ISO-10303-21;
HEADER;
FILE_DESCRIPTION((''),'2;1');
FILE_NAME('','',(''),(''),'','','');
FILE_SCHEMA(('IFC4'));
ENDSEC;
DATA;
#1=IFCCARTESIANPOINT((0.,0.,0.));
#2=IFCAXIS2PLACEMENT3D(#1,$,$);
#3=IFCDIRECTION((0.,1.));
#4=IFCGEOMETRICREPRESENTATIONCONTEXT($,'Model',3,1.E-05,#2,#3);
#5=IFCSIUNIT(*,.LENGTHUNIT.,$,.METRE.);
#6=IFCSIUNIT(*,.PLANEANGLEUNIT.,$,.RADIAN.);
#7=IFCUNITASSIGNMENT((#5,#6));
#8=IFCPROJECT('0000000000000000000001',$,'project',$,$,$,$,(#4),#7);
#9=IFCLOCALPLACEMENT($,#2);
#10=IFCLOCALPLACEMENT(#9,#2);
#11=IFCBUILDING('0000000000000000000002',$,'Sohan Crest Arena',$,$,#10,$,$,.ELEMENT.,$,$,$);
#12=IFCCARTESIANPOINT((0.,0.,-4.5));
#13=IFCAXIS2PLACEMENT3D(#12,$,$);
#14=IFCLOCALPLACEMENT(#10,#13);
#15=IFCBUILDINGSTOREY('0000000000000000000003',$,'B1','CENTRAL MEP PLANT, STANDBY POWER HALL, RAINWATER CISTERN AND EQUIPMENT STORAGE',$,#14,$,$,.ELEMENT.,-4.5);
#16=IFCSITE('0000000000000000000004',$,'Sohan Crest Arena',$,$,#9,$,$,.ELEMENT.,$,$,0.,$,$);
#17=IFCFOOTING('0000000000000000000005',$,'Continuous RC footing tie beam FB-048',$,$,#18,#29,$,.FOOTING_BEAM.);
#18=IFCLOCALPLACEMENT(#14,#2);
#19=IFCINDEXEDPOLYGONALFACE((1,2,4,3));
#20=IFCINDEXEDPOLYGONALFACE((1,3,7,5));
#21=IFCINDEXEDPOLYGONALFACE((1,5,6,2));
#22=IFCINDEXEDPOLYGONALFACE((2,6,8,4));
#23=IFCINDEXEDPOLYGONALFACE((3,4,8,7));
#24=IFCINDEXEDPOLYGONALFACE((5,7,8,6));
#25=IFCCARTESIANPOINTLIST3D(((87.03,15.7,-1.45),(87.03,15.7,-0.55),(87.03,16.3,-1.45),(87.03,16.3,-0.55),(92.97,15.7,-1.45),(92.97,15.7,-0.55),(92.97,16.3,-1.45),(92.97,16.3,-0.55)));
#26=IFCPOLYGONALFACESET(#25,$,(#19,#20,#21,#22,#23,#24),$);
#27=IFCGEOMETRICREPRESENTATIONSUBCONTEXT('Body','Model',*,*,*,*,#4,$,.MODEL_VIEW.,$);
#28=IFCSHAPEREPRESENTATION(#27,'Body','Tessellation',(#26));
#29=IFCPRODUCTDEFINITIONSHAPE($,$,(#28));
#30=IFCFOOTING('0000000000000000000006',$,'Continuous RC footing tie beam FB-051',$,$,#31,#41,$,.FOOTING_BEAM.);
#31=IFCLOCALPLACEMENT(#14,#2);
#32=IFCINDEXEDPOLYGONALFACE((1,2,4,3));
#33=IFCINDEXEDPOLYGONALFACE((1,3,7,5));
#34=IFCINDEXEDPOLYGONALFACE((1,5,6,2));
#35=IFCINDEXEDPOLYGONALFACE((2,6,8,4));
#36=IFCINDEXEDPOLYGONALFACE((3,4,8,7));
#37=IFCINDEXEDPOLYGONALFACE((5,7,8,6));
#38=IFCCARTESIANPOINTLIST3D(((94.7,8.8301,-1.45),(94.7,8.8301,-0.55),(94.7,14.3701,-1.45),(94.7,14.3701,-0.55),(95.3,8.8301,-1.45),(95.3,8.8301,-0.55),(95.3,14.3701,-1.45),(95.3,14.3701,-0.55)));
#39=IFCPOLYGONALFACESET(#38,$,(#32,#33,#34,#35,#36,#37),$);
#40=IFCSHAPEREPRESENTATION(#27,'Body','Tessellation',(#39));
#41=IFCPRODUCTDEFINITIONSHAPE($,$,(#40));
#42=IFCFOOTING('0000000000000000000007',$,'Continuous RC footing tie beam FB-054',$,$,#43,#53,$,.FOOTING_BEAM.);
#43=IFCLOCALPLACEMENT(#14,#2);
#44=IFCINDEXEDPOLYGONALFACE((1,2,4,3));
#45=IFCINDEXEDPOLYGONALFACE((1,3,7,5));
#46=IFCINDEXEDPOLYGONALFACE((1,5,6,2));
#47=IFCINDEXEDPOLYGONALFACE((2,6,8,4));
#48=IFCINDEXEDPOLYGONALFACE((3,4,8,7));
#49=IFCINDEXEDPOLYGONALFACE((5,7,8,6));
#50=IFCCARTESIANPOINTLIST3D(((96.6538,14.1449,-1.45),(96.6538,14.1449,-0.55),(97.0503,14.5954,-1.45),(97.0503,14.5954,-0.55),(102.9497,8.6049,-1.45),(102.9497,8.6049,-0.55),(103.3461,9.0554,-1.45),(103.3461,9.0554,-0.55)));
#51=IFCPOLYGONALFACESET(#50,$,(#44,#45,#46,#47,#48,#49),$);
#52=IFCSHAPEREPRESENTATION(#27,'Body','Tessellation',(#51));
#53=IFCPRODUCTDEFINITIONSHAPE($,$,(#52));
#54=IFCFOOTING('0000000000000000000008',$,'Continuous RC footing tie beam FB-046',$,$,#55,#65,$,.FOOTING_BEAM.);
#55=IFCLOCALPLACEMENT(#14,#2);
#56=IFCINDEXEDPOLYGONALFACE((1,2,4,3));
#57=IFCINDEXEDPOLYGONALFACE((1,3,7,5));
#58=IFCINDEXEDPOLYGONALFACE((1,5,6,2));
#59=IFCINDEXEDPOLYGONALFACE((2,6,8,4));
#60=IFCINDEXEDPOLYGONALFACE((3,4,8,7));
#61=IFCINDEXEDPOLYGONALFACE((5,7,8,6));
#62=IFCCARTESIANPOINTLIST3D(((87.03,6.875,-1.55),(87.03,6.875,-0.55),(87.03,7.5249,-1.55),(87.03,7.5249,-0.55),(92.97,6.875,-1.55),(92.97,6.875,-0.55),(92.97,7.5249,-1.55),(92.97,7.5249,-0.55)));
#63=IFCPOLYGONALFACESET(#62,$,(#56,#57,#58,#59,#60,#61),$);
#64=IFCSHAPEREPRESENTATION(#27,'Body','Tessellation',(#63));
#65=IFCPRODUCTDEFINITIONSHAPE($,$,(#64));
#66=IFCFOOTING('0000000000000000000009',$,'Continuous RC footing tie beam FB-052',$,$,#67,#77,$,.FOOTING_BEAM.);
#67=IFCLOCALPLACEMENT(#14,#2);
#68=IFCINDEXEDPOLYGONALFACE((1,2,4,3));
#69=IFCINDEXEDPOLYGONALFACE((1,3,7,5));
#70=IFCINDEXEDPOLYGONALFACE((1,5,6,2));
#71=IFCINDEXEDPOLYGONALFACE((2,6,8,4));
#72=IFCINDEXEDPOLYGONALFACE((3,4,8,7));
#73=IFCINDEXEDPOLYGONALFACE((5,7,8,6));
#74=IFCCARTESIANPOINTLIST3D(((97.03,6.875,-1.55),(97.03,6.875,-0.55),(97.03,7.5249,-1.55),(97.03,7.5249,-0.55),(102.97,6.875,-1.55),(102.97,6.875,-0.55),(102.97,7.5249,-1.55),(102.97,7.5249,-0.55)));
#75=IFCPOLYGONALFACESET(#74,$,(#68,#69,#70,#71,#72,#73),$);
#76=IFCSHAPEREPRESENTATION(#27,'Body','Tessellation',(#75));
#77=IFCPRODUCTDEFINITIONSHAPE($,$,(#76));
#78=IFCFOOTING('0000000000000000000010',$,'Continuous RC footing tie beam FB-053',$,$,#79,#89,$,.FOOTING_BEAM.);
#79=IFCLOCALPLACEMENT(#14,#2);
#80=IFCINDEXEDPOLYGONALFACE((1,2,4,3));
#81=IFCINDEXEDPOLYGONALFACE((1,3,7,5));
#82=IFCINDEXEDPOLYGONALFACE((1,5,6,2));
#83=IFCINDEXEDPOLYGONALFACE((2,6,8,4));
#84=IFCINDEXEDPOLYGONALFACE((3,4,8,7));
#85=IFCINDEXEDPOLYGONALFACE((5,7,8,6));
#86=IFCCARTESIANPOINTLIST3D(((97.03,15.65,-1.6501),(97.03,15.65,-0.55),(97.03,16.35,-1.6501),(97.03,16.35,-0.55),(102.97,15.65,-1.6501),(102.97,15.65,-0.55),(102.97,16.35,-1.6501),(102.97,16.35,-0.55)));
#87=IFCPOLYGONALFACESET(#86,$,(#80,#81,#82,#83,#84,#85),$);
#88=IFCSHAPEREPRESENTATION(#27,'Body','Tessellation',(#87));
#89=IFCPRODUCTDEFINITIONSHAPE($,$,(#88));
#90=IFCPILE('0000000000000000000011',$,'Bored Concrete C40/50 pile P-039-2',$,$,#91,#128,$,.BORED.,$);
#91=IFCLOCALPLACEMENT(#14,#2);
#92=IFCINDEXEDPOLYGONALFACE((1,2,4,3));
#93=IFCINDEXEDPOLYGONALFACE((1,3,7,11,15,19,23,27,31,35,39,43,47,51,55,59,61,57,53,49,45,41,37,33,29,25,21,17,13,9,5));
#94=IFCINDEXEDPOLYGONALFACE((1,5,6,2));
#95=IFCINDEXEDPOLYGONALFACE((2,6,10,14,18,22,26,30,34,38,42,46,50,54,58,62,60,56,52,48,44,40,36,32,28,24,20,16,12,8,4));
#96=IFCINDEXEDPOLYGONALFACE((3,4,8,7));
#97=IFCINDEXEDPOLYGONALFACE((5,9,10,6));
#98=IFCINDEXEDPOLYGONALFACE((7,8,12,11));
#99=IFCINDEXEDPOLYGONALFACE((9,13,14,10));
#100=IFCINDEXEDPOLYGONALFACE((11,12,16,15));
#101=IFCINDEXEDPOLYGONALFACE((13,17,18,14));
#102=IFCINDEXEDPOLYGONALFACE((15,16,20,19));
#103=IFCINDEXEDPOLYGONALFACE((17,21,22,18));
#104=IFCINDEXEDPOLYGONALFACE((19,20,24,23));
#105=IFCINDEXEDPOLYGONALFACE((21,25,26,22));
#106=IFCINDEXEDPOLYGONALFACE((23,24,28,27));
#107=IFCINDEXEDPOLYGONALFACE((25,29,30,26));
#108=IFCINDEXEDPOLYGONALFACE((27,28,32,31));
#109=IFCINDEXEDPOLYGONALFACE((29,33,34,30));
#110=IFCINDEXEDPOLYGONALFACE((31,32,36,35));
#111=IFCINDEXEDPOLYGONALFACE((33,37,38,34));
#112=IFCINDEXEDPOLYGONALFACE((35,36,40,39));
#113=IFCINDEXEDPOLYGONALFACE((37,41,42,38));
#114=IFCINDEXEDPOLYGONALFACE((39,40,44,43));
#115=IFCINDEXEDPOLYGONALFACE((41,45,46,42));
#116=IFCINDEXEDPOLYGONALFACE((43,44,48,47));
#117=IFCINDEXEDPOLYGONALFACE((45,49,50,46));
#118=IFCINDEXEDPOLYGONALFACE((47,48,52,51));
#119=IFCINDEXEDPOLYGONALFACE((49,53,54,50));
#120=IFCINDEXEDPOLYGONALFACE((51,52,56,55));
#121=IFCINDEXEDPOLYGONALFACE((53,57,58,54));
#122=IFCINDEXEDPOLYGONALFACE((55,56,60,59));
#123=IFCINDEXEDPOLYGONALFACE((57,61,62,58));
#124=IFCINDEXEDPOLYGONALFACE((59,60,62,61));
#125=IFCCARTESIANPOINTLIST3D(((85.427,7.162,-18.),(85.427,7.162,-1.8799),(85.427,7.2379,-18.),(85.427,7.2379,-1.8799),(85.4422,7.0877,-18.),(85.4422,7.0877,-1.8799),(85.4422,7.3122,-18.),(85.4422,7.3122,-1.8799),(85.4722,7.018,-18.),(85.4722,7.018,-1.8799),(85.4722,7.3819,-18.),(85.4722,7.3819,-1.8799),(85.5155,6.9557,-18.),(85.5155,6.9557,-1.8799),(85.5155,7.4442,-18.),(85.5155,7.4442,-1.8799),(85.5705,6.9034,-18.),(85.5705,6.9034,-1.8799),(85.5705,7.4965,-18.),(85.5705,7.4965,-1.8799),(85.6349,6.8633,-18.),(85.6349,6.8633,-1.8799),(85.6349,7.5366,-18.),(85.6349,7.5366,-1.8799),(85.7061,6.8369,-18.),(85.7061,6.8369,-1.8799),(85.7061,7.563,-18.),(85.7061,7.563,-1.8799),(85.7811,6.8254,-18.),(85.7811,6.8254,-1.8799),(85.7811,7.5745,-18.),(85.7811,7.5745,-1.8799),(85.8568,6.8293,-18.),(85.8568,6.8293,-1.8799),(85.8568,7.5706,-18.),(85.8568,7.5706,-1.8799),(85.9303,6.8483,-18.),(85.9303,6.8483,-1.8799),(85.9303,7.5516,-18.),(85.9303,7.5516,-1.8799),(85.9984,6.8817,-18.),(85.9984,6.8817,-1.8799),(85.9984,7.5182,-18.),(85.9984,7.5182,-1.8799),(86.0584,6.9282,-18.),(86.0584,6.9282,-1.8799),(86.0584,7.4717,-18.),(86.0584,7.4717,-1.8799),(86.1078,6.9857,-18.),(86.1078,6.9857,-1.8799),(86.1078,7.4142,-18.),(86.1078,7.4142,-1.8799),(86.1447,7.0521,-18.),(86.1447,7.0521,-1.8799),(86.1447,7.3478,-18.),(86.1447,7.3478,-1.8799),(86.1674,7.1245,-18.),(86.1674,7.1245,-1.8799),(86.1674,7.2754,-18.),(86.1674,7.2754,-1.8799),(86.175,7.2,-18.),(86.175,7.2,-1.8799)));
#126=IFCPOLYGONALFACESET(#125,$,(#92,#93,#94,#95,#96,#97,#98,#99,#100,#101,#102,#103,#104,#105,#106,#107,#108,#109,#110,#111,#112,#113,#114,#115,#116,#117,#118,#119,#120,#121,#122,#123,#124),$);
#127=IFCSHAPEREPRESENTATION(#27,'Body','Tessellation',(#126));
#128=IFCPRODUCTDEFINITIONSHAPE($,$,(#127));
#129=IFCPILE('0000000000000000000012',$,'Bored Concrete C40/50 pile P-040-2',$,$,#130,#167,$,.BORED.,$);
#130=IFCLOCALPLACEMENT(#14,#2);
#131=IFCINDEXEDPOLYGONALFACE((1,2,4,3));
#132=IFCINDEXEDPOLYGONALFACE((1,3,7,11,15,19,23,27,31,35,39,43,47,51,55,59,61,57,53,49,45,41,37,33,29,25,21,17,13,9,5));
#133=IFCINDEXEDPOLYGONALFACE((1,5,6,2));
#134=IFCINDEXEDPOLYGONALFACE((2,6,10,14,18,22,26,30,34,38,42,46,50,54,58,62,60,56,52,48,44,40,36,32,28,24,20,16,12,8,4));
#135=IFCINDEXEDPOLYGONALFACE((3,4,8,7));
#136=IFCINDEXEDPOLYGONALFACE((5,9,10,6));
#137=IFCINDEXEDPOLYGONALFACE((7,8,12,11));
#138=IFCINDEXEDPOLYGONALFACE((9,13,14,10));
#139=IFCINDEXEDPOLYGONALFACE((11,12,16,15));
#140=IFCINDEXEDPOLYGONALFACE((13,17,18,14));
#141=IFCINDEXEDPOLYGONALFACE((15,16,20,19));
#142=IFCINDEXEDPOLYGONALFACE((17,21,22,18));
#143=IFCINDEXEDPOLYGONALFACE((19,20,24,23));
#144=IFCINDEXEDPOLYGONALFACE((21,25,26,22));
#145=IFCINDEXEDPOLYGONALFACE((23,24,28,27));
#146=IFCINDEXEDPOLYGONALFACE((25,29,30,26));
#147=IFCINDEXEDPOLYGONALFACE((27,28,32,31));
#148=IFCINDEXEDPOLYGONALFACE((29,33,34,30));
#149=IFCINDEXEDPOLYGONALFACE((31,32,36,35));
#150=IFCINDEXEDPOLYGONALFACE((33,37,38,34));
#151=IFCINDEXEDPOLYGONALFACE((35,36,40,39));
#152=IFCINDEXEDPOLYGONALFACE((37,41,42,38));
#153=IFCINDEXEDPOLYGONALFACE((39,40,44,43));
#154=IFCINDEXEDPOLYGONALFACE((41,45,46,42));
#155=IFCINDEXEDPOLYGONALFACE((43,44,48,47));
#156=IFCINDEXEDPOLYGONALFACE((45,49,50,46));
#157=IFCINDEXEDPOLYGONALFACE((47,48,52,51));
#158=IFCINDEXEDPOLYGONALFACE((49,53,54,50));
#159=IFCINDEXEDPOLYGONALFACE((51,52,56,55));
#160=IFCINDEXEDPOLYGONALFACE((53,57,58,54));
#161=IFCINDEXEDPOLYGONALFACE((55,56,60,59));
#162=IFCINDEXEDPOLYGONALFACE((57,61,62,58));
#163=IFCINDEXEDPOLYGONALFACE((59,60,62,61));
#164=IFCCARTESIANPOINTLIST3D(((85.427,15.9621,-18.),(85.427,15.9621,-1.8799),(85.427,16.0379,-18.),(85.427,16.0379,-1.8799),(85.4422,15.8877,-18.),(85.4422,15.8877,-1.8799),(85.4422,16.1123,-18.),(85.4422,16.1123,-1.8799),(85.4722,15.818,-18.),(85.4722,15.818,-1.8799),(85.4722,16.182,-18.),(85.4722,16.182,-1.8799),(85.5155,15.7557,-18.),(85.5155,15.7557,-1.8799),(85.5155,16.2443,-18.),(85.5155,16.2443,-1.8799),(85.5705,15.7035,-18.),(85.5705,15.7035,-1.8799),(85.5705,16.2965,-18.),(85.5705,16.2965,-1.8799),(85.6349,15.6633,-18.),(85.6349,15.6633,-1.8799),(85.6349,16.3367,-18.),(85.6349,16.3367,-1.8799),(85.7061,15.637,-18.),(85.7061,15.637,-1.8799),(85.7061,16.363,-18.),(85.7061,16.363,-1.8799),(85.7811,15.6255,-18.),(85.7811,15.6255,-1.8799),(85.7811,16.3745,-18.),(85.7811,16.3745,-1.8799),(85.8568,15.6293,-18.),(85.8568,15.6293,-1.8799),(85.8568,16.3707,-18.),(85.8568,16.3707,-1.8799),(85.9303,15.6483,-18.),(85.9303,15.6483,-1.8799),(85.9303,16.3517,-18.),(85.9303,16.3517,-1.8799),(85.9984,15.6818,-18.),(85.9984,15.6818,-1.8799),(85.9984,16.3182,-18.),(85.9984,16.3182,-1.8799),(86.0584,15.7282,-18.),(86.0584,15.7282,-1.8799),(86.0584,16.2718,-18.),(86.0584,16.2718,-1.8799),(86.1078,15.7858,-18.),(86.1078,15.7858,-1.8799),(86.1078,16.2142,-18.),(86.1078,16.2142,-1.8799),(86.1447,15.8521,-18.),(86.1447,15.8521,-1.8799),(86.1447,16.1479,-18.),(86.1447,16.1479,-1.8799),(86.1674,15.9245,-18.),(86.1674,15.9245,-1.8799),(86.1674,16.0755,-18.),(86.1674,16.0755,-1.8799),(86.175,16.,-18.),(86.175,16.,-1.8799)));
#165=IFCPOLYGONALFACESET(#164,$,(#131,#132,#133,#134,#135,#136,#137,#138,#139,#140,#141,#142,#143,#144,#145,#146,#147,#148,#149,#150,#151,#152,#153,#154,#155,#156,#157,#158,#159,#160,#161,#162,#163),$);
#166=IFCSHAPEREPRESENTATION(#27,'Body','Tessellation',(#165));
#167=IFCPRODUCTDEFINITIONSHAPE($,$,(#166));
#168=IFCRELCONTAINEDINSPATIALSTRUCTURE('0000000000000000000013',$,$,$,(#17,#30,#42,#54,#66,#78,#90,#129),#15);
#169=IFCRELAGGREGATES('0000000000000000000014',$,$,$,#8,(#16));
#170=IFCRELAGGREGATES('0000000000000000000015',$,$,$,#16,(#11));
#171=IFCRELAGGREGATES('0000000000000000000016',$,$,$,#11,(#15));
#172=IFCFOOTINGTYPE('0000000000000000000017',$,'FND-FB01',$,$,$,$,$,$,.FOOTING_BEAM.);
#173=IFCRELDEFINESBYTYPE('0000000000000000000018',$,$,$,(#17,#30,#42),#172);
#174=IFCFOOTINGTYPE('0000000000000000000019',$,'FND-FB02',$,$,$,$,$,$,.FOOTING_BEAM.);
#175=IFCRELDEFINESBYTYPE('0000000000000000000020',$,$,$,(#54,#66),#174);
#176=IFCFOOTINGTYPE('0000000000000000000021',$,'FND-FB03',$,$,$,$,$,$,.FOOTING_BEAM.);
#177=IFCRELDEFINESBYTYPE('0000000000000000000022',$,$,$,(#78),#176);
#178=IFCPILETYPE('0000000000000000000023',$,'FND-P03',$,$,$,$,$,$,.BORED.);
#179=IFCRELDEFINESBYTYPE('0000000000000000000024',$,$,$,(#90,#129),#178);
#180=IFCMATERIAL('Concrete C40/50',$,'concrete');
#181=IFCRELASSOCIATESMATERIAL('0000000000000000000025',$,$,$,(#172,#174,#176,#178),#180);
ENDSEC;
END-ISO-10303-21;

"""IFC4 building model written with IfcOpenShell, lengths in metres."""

from ifc_helpers import new_model, si_unit, direction, frame, origin, origin_2d, place, context, subcontext, project, spatial, rectangle, circle, extrude, material, material_profile, profile_set, type_object, element, save


model = new_model("IFC4")

# Units and contexts
model_context = context("Model", 3, precision=1e-05, world=origin(), true_north=direction((0.0, 1.0)))
body_context = subcontext(model_context, "Body", "Model", "MODEL_VIEW")
ifc_project = project(units=[si_unit("LENGTHUNIT", "METRE"), si_unit("PLANEANGLEUNIT", "RADIAN")], contexts=[model_context])

# Site, building, storey
site_placement = place(None, origin())
site = spatial("IfcSite", under=ifc_project, at=site_placement, Name="Sohan Crest Arena", CompositionType="ELEMENT", RefElevation=0.0)
building_placement = place(site_placement, origin())
building = spatial("IfcBuilding", under=site, at=building_placement, Name="Sohan Crest Arena", CompositionType="ELEMENT")
storey_placement = place(building_placement, frame((0.0, 0.0, -4.5)))
storey = spatial("IfcBuildingStorey", under=building, at=storey_placement, Name="B1", Description="CENTRAL MEP PLANT, STANDBY POWER HALL, RAINWATER CISTERN AND EQUIPMENT STORAGE", CompositionType="ELEMENT", Elevation=-4.5)

# Footings
ifc_material_1 = material(Name="Concrete C40/50", Category="concrete")
ifc_material_profile_1 = material_profile(ifc_material_1, rectangle(XDim=0.6001, YDim=0.8999, at=origin_2d()), Name="RC-FB 600x900")
ifc_profile_set_1 = profile_set([ifc_material_profile_1], Name="Concrete C40/50")
footing_type_1 = type_object("IfcFootingType", Name="FND-FB01", PredefinedType="FOOTING_BEAM", material=ifc_profile_set_1)
footing_1_placement = place(storey_placement, frame((87.03, 16.0, -1.0), z_axis=(1.0, 0.0, 0.0), x_axis=(0.0, 1.0, 0.0)))
element("IfcFooting", 1, at=footing_1_placement, inside=storey, type_object=footing_type_1, Name="Continuous RC footing tie beam FB-048", PredefinedType="FOOTING_BEAM", context=body_context, shape_type="SweptSolid", body=[
    extrude(rectangle(XDim=0.6001, YDim=0.8999, at=origin_2d()), origin(), (0.0, 0.0, 1.0), 5.9399),
])
footing_2_placement = place(storey_placement, frame((95.0, 8.8301, -1.0), z_axis=(0.0, 1.0, 0.0), x_axis=(-1.0, 0.0, 0.0)))
element("IfcFooting", 2, at=footing_2_placement, inside=storey, type_object=footing_type_1, Name="Continuous RC footing tie beam FB-051", PredefinedType="FOOTING_BEAM", context=body_context, shape_type="SweptSolid", body=[
    extrude(rectangle(XDim=0.6001, YDim=0.8999, at=origin_2d()), origin(), (0.0, 0.0, 1.0), 5.54),
])
footing_3_placement = place(storey_placement, frame((96.8521, 14.3701, -1.0), z_axis=(0.750734, -0.660604, 0.0), x_axis=(0.660604, 0.750734, 0.0)))
element("IfcFooting", 3, at=footing_3_placement, inside=storey, type_object=footing_type_1, Name="Continuous RC footing tie beam FB-054", PredefinedType="FOOTING_BEAM", context=body_context, shape_type="SweptSolid", body=[
    extrude(rectangle(XDim=0.6001, YDim=0.8999, at=origin_2d()), origin(), (0.0, 0.0, 1.0), 8.3862),
])
ifc_material_profile_2 = material_profile(ifc_material_1, rectangle(XDim=0.6499, YDim=1.0, at=origin_2d()), Name="RC-FB 650x1000")
ifc_profile_set_2 = profile_set([ifc_material_profile_2], Name="Concrete C40/50")
footing_type_2 = type_object("IfcFootingType", Name="FND-FB02", PredefinedType="FOOTING_BEAM", material=ifc_profile_set_2)
for number, where, z_axis, x_axis, name in (
    (4, (87.03, 7.2, -1.05), (1.0, 0.0, 0.0), (0.0, 1.0, 0.0), "Continuous RC footing tie beam FB-046"),
    (5, (97.03, 7.2, -1.05), (1.0, 0.0, 0.0), (0.0, 1.0, 0.0), "Continuous RC footing tie beam FB-052"),
):
    element("IfcFooting", number, at=place(storey_placement, frame(where, z_axis=z_axis, x_axis=x_axis)), inside=storey, type_object=footing_type_2, Name=name, PredefinedType="FOOTING_BEAM", context=body_context, shape_type="SweptSolid", body=[
        extrude(rectangle(XDim=0.6499, YDim=1.0, at=origin_2d()), origin(), (0.0, 0.0, 1.0), 5.9399),
    ])
ifc_material_profile_3 = material_profile(ifc_material_1, rectangle(XDim=0.7, YDim=1.1001, at=origin_2d()), Name="RC-FB 700x1100")
ifc_profile_set_3 = profile_set([ifc_material_profile_3], Name="Concrete C40/50")
footing_type_3 = type_object("IfcFootingType", Name="FND-FB03", PredefinedType="FOOTING_BEAM", material=ifc_profile_set_3)
footing_4_placement = place(storey_placement, frame((97.03, 16.0, -1.1001), z_axis=(1.0, 0.0, 0.0), x_axis=(0.0, 1.0, 0.0)))
element("IfcFooting", 6, at=footing_4_placement, inside=storey, type_object=footing_type_3, Name="Continuous RC footing tie beam FB-053", PredefinedType="FOOTING_BEAM", context=body_context, shape_type="SweptSolid", body=[
    extrude(rectangle(XDim=0.7, YDim=1.1001, at=origin_2d()), origin(), (0.0, 0.0, 1.0), 5.9399),
])

# Piles
ifc_material_profile_4 = material_profile(ifc_material_1, circle(Radius=0.375, at=origin_2d()), Name="PILE D750")
ifc_profile_set_4 = profile_set([ifc_material_profile_4], Name="Concrete C40/50")
pile_type = type_object("IfcPileType", Name="FND-P03", PredefinedType="BORED", material=ifc_profile_set_4)
for number, where, z_axis, x_axis, name in (
    (7, (85.8, 7.2, -18.0), (0.0, 0.0, 1.0), (1.0, 0.0, 0.0), "Bored Concrete C40/50 pile P-039-2"),
    (8, (85.8, 16.0, -18.0), (0.0, 0.0, 1.0), (1.0, 0.0, 0.0), "Bored Concrete C40/50 pile P-040-2"),
):
    element("IfcPile", number, at=place(storey_placement, frame(where, z_axis=z_axis, x_axis=x_axis)), inside=storey, type_object=pile_type, Name=name, PredefinedType="BORED", context=body_context, shape_type="SweptSolid", body=[
        extrude(circle(Radius=0.375, at=origin_2d()), origin(), (0.0, 0.0, 1.0), 16.1201),
    ])

save(model, "model.ifc")
